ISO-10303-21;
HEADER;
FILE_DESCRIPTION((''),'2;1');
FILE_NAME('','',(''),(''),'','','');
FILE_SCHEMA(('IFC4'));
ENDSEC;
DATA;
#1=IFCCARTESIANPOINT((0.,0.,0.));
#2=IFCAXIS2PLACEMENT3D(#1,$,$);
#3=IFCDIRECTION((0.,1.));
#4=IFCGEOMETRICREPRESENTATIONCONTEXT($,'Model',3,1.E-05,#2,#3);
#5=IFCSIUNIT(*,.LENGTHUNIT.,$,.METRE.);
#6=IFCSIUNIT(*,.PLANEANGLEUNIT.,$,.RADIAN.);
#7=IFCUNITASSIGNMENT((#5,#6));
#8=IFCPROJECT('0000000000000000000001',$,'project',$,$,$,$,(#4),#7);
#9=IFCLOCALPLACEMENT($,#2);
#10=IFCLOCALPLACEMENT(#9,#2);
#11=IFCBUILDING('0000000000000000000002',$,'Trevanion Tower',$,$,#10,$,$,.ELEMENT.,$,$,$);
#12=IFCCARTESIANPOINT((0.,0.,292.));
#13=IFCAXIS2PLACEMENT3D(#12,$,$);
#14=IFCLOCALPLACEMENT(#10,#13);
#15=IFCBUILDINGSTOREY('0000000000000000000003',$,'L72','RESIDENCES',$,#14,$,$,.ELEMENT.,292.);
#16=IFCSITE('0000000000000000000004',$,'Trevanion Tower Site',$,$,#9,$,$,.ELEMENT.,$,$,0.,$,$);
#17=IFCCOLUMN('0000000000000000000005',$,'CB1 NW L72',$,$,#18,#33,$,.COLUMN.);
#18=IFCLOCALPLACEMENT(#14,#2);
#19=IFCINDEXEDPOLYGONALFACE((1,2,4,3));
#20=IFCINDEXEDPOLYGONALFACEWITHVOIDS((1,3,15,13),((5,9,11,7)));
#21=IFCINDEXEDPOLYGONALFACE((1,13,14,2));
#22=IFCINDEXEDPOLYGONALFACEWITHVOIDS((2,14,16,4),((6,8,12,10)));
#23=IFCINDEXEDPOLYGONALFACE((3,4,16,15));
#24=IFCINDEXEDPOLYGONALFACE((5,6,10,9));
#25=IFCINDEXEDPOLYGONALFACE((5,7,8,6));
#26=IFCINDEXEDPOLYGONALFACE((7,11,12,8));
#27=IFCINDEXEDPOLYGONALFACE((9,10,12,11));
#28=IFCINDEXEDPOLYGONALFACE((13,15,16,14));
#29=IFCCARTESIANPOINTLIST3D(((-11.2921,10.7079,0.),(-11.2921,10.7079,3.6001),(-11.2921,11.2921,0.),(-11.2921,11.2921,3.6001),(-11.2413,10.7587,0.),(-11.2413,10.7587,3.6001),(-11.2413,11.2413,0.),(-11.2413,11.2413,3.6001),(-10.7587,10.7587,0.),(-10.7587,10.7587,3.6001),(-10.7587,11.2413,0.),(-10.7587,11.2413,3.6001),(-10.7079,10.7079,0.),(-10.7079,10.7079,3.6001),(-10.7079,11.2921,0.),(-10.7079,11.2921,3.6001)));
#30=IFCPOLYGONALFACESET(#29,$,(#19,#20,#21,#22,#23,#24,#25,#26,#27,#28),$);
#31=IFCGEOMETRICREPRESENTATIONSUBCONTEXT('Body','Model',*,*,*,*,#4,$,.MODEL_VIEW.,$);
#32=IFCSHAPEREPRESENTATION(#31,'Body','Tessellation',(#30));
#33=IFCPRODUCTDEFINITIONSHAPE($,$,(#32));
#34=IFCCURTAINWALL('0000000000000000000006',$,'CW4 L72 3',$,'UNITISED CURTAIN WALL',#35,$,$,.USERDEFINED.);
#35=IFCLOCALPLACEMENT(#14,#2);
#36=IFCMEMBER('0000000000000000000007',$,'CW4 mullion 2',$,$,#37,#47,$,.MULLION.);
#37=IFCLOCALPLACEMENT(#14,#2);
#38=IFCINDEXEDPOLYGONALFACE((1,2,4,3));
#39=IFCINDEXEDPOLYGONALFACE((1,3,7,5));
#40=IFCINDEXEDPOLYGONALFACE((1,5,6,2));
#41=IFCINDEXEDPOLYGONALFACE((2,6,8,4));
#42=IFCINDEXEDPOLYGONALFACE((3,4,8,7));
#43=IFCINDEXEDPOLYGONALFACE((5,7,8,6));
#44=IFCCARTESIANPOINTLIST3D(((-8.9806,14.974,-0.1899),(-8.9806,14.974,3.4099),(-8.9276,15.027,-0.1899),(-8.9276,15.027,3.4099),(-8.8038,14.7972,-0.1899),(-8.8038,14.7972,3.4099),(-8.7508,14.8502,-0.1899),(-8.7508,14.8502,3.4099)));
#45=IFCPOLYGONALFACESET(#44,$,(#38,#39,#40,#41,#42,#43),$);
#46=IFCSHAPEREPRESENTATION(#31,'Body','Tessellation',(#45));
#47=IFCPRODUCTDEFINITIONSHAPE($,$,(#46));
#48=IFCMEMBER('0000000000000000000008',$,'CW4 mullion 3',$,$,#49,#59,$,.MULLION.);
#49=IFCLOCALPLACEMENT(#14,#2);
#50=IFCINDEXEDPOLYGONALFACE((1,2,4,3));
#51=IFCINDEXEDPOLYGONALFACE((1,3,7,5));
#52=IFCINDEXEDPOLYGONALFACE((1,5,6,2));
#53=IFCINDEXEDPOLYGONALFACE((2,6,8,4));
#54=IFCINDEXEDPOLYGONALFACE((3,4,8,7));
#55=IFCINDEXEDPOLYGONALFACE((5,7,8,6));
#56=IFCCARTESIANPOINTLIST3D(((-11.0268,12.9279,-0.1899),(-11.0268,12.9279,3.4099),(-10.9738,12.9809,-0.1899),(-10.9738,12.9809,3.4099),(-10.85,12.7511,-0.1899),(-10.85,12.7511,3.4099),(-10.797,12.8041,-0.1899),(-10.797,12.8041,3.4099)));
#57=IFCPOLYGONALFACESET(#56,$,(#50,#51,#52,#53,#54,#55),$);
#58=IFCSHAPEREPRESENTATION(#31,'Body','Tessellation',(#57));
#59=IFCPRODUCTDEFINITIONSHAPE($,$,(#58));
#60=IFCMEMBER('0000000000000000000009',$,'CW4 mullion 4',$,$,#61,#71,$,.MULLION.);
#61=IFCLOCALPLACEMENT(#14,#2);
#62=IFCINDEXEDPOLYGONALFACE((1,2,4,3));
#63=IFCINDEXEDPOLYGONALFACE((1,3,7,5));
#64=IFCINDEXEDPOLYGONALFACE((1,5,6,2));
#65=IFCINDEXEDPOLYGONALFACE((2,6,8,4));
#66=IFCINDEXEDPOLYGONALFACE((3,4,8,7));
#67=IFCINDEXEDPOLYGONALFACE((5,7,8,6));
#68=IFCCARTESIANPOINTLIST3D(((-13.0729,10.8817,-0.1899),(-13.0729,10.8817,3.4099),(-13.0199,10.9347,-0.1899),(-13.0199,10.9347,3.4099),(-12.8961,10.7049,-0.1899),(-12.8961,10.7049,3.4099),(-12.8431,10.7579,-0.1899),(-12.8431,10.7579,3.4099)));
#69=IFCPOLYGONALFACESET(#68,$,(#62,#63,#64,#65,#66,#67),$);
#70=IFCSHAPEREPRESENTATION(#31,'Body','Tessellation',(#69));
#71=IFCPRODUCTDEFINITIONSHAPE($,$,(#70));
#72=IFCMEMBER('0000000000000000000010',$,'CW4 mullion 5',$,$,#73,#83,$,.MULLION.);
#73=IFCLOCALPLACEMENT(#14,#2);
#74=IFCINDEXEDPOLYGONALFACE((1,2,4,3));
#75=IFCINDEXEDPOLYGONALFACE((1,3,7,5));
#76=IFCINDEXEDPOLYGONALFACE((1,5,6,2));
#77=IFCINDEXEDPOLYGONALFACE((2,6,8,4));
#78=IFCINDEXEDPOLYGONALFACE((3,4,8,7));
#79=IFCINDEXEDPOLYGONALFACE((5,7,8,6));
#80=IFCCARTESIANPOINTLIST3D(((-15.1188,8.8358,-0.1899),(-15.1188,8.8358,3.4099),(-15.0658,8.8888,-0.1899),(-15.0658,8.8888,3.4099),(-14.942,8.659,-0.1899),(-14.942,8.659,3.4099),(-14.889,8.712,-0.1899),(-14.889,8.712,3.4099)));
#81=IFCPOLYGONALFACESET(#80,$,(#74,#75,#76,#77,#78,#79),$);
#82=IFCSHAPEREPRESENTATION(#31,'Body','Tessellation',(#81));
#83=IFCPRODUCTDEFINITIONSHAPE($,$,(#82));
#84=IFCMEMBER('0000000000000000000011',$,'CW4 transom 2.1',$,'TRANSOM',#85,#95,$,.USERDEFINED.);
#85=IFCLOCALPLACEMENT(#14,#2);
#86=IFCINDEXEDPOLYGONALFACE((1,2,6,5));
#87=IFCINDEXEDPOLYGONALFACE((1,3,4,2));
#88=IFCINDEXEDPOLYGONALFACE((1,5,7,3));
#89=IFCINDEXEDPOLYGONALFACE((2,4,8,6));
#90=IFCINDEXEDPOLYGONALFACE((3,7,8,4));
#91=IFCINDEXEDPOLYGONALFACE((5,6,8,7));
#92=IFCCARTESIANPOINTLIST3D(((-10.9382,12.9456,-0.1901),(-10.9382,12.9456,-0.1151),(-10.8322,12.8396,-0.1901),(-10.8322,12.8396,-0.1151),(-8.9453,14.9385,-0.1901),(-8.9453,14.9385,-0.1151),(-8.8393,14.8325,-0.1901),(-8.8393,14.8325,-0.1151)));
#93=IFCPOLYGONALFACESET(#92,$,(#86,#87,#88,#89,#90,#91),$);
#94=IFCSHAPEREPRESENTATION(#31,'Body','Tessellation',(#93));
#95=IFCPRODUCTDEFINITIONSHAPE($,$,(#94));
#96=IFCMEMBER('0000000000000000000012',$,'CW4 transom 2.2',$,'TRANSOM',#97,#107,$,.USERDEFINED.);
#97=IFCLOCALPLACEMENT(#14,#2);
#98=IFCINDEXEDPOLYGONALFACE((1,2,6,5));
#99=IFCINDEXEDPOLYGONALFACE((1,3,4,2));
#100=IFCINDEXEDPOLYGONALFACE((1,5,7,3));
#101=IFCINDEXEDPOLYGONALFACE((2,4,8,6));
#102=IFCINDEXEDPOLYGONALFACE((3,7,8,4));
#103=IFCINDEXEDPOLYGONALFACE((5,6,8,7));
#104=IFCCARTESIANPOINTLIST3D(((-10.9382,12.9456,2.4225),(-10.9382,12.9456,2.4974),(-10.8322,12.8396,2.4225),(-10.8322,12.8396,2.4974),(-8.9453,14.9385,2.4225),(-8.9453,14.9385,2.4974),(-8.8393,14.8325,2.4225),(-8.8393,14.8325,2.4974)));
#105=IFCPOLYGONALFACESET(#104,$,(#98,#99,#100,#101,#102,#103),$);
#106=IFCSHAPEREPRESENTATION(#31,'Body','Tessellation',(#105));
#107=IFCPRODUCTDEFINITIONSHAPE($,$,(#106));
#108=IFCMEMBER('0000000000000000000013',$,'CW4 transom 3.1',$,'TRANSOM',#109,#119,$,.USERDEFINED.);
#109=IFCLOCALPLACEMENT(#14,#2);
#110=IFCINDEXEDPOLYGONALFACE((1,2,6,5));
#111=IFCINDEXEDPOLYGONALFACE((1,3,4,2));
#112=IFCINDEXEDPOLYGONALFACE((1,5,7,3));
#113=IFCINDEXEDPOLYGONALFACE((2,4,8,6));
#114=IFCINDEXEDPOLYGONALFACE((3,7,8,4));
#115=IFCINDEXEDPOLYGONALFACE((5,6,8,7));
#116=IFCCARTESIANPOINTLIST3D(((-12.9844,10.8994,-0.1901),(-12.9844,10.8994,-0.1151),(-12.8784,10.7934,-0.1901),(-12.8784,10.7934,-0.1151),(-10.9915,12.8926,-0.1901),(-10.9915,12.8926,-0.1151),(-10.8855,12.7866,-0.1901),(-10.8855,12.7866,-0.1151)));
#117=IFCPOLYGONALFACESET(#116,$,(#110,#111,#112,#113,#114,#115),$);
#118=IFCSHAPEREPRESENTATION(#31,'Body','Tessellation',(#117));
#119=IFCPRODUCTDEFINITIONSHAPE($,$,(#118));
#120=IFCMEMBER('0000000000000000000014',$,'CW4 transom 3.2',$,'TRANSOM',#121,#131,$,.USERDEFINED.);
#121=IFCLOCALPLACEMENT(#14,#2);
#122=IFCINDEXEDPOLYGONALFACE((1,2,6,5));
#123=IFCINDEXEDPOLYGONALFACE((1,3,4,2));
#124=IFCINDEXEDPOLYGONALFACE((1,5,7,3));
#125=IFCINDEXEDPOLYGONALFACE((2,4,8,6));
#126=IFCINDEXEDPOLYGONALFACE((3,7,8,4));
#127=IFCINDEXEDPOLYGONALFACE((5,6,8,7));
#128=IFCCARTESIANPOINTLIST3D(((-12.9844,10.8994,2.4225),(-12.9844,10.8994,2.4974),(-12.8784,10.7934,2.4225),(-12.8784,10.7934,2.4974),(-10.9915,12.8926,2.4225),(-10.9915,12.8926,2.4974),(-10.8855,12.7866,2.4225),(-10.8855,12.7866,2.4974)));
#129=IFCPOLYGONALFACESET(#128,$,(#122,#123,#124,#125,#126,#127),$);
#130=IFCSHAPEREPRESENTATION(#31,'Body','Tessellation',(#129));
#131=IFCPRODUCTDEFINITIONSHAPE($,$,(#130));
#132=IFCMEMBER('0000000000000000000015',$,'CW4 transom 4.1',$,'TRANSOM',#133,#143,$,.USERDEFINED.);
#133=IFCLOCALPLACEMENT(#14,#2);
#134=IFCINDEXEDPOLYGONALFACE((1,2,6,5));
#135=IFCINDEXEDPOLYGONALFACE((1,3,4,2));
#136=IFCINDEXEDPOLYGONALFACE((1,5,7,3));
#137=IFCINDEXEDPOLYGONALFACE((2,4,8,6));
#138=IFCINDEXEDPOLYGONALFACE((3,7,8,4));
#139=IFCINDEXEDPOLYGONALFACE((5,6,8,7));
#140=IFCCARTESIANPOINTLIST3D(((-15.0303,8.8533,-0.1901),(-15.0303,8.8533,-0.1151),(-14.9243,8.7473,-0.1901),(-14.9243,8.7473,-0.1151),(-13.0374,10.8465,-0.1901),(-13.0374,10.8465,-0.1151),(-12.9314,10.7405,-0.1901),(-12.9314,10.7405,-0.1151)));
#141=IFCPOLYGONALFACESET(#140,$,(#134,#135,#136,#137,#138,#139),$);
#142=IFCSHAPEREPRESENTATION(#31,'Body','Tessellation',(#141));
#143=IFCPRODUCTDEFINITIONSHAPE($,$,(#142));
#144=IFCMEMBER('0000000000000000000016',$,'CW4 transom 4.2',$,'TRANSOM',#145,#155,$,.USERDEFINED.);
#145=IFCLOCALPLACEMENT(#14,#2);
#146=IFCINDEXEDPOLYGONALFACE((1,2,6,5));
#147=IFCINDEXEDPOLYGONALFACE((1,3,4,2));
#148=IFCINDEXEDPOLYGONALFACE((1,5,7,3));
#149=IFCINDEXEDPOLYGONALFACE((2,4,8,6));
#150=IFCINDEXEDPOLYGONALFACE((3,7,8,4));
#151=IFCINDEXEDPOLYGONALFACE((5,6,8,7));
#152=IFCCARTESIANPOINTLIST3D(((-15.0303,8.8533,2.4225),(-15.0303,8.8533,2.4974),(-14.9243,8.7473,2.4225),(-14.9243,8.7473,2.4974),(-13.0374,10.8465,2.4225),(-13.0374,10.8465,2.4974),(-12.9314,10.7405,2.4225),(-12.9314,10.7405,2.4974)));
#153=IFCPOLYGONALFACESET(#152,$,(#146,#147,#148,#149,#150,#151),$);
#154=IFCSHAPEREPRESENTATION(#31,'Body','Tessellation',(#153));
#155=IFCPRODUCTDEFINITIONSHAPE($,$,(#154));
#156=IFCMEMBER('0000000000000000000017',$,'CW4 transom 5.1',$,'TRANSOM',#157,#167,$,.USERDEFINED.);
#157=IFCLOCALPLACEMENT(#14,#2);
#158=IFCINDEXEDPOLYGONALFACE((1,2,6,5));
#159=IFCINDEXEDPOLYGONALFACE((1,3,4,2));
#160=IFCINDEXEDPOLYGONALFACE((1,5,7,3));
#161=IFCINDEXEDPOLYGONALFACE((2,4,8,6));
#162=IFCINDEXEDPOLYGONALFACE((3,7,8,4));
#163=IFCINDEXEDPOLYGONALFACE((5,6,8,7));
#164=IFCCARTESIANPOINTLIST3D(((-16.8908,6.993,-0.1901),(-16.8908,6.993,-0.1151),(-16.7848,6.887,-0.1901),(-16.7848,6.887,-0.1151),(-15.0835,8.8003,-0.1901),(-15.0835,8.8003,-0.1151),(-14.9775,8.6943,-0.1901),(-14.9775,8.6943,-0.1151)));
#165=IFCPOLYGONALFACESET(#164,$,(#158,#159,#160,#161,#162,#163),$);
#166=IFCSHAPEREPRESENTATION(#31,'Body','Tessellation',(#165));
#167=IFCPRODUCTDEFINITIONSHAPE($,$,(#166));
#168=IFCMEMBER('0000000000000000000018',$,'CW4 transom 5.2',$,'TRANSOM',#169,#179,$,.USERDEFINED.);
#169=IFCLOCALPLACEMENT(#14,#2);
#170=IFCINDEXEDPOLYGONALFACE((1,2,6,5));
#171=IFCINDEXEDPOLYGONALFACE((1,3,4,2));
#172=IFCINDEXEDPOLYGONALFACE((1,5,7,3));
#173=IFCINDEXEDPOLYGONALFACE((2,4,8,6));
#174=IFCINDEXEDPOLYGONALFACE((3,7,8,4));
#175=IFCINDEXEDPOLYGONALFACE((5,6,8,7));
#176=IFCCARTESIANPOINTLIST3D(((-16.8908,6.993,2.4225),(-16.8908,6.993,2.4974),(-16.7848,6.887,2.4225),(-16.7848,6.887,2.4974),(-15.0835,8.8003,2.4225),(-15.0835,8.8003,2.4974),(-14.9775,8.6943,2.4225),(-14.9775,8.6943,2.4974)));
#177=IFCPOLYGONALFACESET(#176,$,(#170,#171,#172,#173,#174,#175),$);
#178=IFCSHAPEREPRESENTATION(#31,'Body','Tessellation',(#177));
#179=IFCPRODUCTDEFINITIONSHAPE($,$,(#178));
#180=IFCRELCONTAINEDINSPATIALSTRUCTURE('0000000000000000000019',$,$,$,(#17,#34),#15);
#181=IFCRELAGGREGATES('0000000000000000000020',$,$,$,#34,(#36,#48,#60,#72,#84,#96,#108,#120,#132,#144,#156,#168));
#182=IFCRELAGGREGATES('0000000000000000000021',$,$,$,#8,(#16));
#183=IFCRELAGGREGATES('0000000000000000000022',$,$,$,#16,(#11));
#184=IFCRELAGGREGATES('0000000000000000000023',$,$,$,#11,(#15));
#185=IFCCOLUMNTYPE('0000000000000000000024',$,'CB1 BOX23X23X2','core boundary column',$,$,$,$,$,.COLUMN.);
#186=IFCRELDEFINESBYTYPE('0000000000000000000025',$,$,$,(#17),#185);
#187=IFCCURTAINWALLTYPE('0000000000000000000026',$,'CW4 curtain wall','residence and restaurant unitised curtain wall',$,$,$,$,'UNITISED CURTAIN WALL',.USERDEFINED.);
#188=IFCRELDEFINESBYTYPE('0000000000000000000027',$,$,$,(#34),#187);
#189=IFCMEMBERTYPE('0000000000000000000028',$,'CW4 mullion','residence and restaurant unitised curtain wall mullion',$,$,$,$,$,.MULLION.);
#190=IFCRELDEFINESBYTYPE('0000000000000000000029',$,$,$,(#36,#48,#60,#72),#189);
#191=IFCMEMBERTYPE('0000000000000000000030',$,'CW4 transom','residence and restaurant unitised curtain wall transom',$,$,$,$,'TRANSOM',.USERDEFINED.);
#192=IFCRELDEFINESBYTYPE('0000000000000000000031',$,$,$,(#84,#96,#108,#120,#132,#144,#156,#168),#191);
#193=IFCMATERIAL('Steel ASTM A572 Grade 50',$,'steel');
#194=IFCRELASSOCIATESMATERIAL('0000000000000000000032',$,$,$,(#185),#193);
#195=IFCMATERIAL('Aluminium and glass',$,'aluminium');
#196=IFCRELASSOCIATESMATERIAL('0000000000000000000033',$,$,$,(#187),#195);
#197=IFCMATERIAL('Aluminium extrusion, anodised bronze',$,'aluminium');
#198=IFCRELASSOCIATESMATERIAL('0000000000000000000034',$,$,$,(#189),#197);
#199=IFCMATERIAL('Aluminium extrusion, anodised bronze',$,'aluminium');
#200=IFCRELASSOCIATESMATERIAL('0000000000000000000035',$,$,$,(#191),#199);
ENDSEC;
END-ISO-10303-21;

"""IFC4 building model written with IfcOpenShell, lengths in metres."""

from ifc_helpers import new_model, si_unit, direction, frame, origin, origin_2d, place, context, subcontext, project, spatial, rectangle, hollow_rectangle, extrude, material, material_profile, profile_set, type_object, element, aggregate, save


model = new_model("IFC4")

# Units and contexts
model_context = context("Model", 3, precision=1e-05, world=origin(), true_north=direction((0.0, 1.0)))
body_context = subcontext(model_context, "Body", "Model", "MODEL_VIEW")
ifc_project = project(units=[si_unit("LENGTHUNIT", "METRE"), si_unit("PLANEANGLEUNIT", "RADIAN")], contexts=[model_context])

# Site, building, storey
site_placement = place(None, origin())
site = spatial("IfcSite", under=ifc_project, at=site_placement, Name="Trevanion Tower Site", CompositionType="ELEMENT", RefElevation=0.0)
building_placement = place(site_placement, origin())
building = spatial("IfcBuilding", under=site, at=building_placement, Name="Trevanion Tower", CompositionType="ELEMENT")
storey_placement = place(building_placement, frame((0.0, 0.0, 292.0)))
storey = spatial("IfcBuildingStorey", under=building, at=storey_placement, Name="L72", Description="RESIDENCES", CompositionType="ELEMENT", Elevation=292.0)

# Column
ifc_material_1 = material(Name="Steel ASTM A572 Grade 50", Category="steel")
ifc_material_profile_1 = material_profile(ifc_material_1, hollow_rectangle(XDim=0.5842, YDim=0.5842, WallThickness=0.0508, at=origin_2d()), Name="BOX23X23X2")
ifc_profile_set_1 = profile_set([ifc_material_profile_1], Name="Steel ASTM A572 Grade 50")
column_type = type_object("IfcColumnType", Name="CB1 BOX23X23X2", Description="core boundary column", PredefinedType="COLUMN", material=ifc_profile_set_1)
column_placement = place(storey_placement, frame((-11.0, 11.0, 0.0), z_axis=(0.0, 0.0, 1.0), x_axis=(1.0, 0.0, 0.0)))
element("IfcColumn", 1, at=column_placement, inside=storey, type_object=column_type, Name="CB1 NW L72", PredefinedType="COLUMN", context=body_context, shape_type="SweptSolid", body=[
    extrude(hollow_rectangle(XDim=0.5842, YDim=0.5842, WallThickness=0.0508, at=origin_2d()), origin(), (0.0, 0.0, 1.0), 3.6001),
])

# Curtain wall, members
ifc_material_2 = material(Name="Aluminium and glass", Category="aluminium")
curtain_wall_type = type_object("IfcCurtainWallType", Name="CW4 curtain wall", Description="residence and restaurant unitised curtain wall", ElementType="UNITISED CURTAIN WALL", PredefinedType="USERDEFINED", material=ifc_material_2)
curtain_wall_placement = place(storey_placement, origin())
curtain_wall = element("IfcCurtainWall", 2, at=curtain_wall_placement, inside=storey, type_object=curtain_wall_type, Name="CW4 L72 3", ObjectType="UNITISED CURTAIN WALL", PredefinedType="USERDEFINED")
ifc_material_3 = material(Name="Aluminium extrusion, anodised bronze", Category="aluminium")
ifc_material_profile_2 = material_profile(ifc_material_3, rectangle(XDim=0.075, YDim=0.25, at=origin_2d()), Name="CW4 mullion")
ifc_profile_set_2 = profile_set([ifc_material_profile_2], Name="Aluminium extrusion, anodised bronze")
member_type_1 = type_object("IfcMemberType", Name="CW4 mullion", Description="residence and restaurant unitised curtain wall mullion", PredefinedType="MULLION", material=ifc_profile_set_2)
member_1_placement = place(storey_placement, frame((-8.8657, 14.9121, -0.1899), z_axis=(0.0, 0.0, 1.0), x_axis=(-0.707107, -0.707107, 0.0)))
member_1 = element("IfcMember", 3, at=member_1_placement, type_object=member_type_1, Name="CW4 mullion 2", PredefinedType="MULLION", context=body_context, shape_type="SweptSolid", body=[
    extrude(rectangle(XDim=0.075, YDim=0.25, at=origin_2d()), origin(), (0.0, 0.0, 1.0), 3.5999),
])
member_2_placement = place(storey_placement, frame((-10.9119, 12.866, -0.1899), z_axis=(0.0, 0.0, 1.0), x_axis=(-0.707107, -0.707107, 0.0)))
member_2 = element("IfcMember", 4, at=member_2_placement, type_object=member_type_1, Name="CW4 mullion 3", PredefinedType="MULLION", context=body_context, shape_type="SweptSolid", body=[
    extrude(rectangle(XDim=0.075, YDim=0.25, at=origin_2d()), origin(), (0.0, 0.0, 1.0), 3.5999),
])
member_3_placement = place(storey_placement, frame((-12.958, 10.8198, -0.1899), z_axis=(0.0, 0.0, 1.0), x_axis=(-0.707107, -0.707107, 0.0)))
member_3 = element("IfcMember", 5, at=member_3_placement, type_object=member_type_1, Name="CW4 mullion 4", PredefinedType="MULLION", context=body_context, shape_type="SweptSolid", body=[
    extrude(rectangle(XDim=0.075, YDim=0.25, at=origin_2d()), origin(), (0.0, 0.0, 1.0), 3.5999),
])
member_4_placement = place(storey_placement, frame((-15.0039, 8.7739, -0.1899), z_axis=(0.0, 0.0, 1.0), x_axis=(-0.707107, -0.707107, 0.0)))
member_4 = element("IfcMember", 6, at=member_4_placement, type_object=member_type_1, Name="CW4 mullion 5", PredefinedType="MULLION", context=body_context, shape_type="SweptSolid", body=[
    extrude(rectangle(XDim=0.075, YDim=0.25, at=origin_2d()), origin(), (0.0, 0.0, 1.0), 3.5999),
])
ifc_material_4 = material(Name="Aluminium extrusion, anodised bronze", Category="aluminium")
ifc_material_profile_3 = material_profile(ifc_material_4, rectangle(XDim=0.1499, YDim=0.075, at=origin_2d()), Name="CW4 transom")
ifc_profile_set_3 = profile_set([ifc_material_profile_3], Name="Aluminium extrusion, anodised bronze")
member_type_2 = type_object("IfcMemberType", Name="CW4 transom", Description="residence and restaurant unitised curtain wall transom", ElementType="TRANSOM", PredefinedType="USERDEFINED", material=ifc_profile_set_3)
member_5_placement = place(storey_placement, frame((-8.8923, 14.8855, -0.1526), z_axis=(-0.707107, -0.707107, 0.0), x_axis=(0.707107, -0.707107, 0.0)))
member_5 = element("IfcMember", 7, at=member_5_placement, type_object=member_type_2, Name="CW4 transom 2.1", ObjectType="TRANSOM", PredefinedType="USERDEFINED", context=body_context, shape_type="SweptSolid", body=[
    extrude(rectangle(XDim=0.1499, YDim=0.075, at=origin_2d()), origin(), (0.0, 0.0, 1.0), 2.8184),
])
member_6_placement = place(storey_placement, frame((-8.8923, 14.8855, 2.46), z_axis=(-0.707107, -0.707107, 0.0), x_axis=(0.707107, -0.707107, 0.0)))
member_6 = element("IfcMember", 8, at=member_6_placement, type_object=member_type_2, Name="CW4 transom 2.2", ObjectType="TRANSOM", PredefinedType="USERDEFINED", context=body_context, shape_type="SweptSolid", body=[
    extrude(rectangle(XDim=0.1499, YDim=0.075, at=origin_2d()), origin(), (0.0, 0.0, 1.0), 2.8184),
])
member_7_placement = place(storey_placement, frame((-10.9385, 12.8396, -0.1526), z_axis=(-0.707063, -0.70715, 0.0), x_axis=(0.70715, -0.707063, 0.0)))
member_7 = element("IfcMember", 9, at=member_7_placement, type_object=member_type_2, Name="CW4 transom 3.1", ObjectType="TRANSOM", PredefinedType="USERDEFINED", context=body_context, shape_type="SweptSolid", body=[
    extrude(rectangle(XDim=0.1499, YDim=0.075, at=origin_2d()), origin(), (0.0, 0.0, 1.0), 2.8186),
])
member_8_placement = place(storey_placement, frame((-10.9385, 12.8396, 2.46), z_axis=(-0.707063, -0.70715, 0.0), x_axis=(0.70715, -0.707063, 0.0)))
member_8 = element("IfcMember", 10, at=member_8_placement, type_object=member_type_2, Name="CW4 transom 3.2", ObjectType="TRANSOM", PredefinedType="USERDEFINED", context=body_context, shape_type="SweptSolid", body=[
    extrude(rectangle(XDim=0.1499, YDim=0.075, at=origin_2d()), origin(), (0.0, 0.0, 1.0), 2.8186),
])
member_9_placement = place(storey_placement, frame((-12.9844, 10.7935, -0.1526), z_axis=(-0.707063, -0.70715, 0.0), x_axis=(0.70715, -0.707063, 0.0)))
member_9 = element("IfcMember", 11, at=member_9_placement, type_object=member_type_2, Name="CW4 transom 4.1", ObjectType="TRANSOM", PredefinedType="USERDEFINED", context=body_context, shape_type="SweptSolid", body=[
    extrude(rectangle(XDim=0.1499, YDim=0.075, at=origin_2d()), origin(), (0.0, 0.0, 1.0), 2.8186),
])
member_10_placement = place(storey_placement, frame((-12.9844, 10.7935, 2.46), z_axis=(-0.707063, -0.70715, 0.0), x_axis=(0.70715, -0.707063, 0.0)))
member_10 = element("IfcMember", 12, at=member_10_placement, type_object=member_type_2, Name="CW4 transom 4.2", ObjectType="TRANSOM", PredefinedType="USERDEFINED", context=body_context, shape_type="SweptSolid", body=[
    extrude(rectangle(XDim=0.1499, YDim=0.075, at=origin_2d()), origin(), (0.0, 0.0, 1.0), 2.8186),
])
member_11_placement = place(storey_placement, frame((-15.0305, 8.7473, -0.1526), z_axis=(-0.707107, -0.707107, 0.0), x_axis=(0.707107, -0.707107, 0.0)))
member_11 = element("IfcMember", 13, at=member_11_placement, type_object=member_type_2, Name="CW4 transom 5.1", ObjectType="TRANSOM", PredefinedType="USERDEFINED", context=body_context, shape_type="SweptSolid", body=[
    extrude(rectangle(XDim=0.1499, YDim=0.075, at=origin_2d()), origin(), (0.0, 0.0, 1.0), 2.5559),
])
member_12_placement = place(storey_placement, frame((-15.0305, 8.7473, 2.46), z_axis=(-0.707107, -0.707107, 0.0), x_axis=(0.707107, -0.707107, 0.0)))
member_12 = element("IfcMember", 14, at=member_12_placement, type_object=member_type_2, Name="CW4 transom 5.2", ObjectType="TRANSOM", PredefinedType="USERDEFINED", context=body_context, shape_type="SweptSolid", body=[
    extrude(rectangle(XDim=0.1499, YDim=0.075, at=origin_2d()), origin(), (0.0, 0.0, 1.0), 2.5559),
])

aggregate(curtain_wall, [member_1, member_2, member_3, member_4, member_5, member_6, member_7, member_8, member_9, member_10, member_11, member_12])

save(model, "model.ifc")
